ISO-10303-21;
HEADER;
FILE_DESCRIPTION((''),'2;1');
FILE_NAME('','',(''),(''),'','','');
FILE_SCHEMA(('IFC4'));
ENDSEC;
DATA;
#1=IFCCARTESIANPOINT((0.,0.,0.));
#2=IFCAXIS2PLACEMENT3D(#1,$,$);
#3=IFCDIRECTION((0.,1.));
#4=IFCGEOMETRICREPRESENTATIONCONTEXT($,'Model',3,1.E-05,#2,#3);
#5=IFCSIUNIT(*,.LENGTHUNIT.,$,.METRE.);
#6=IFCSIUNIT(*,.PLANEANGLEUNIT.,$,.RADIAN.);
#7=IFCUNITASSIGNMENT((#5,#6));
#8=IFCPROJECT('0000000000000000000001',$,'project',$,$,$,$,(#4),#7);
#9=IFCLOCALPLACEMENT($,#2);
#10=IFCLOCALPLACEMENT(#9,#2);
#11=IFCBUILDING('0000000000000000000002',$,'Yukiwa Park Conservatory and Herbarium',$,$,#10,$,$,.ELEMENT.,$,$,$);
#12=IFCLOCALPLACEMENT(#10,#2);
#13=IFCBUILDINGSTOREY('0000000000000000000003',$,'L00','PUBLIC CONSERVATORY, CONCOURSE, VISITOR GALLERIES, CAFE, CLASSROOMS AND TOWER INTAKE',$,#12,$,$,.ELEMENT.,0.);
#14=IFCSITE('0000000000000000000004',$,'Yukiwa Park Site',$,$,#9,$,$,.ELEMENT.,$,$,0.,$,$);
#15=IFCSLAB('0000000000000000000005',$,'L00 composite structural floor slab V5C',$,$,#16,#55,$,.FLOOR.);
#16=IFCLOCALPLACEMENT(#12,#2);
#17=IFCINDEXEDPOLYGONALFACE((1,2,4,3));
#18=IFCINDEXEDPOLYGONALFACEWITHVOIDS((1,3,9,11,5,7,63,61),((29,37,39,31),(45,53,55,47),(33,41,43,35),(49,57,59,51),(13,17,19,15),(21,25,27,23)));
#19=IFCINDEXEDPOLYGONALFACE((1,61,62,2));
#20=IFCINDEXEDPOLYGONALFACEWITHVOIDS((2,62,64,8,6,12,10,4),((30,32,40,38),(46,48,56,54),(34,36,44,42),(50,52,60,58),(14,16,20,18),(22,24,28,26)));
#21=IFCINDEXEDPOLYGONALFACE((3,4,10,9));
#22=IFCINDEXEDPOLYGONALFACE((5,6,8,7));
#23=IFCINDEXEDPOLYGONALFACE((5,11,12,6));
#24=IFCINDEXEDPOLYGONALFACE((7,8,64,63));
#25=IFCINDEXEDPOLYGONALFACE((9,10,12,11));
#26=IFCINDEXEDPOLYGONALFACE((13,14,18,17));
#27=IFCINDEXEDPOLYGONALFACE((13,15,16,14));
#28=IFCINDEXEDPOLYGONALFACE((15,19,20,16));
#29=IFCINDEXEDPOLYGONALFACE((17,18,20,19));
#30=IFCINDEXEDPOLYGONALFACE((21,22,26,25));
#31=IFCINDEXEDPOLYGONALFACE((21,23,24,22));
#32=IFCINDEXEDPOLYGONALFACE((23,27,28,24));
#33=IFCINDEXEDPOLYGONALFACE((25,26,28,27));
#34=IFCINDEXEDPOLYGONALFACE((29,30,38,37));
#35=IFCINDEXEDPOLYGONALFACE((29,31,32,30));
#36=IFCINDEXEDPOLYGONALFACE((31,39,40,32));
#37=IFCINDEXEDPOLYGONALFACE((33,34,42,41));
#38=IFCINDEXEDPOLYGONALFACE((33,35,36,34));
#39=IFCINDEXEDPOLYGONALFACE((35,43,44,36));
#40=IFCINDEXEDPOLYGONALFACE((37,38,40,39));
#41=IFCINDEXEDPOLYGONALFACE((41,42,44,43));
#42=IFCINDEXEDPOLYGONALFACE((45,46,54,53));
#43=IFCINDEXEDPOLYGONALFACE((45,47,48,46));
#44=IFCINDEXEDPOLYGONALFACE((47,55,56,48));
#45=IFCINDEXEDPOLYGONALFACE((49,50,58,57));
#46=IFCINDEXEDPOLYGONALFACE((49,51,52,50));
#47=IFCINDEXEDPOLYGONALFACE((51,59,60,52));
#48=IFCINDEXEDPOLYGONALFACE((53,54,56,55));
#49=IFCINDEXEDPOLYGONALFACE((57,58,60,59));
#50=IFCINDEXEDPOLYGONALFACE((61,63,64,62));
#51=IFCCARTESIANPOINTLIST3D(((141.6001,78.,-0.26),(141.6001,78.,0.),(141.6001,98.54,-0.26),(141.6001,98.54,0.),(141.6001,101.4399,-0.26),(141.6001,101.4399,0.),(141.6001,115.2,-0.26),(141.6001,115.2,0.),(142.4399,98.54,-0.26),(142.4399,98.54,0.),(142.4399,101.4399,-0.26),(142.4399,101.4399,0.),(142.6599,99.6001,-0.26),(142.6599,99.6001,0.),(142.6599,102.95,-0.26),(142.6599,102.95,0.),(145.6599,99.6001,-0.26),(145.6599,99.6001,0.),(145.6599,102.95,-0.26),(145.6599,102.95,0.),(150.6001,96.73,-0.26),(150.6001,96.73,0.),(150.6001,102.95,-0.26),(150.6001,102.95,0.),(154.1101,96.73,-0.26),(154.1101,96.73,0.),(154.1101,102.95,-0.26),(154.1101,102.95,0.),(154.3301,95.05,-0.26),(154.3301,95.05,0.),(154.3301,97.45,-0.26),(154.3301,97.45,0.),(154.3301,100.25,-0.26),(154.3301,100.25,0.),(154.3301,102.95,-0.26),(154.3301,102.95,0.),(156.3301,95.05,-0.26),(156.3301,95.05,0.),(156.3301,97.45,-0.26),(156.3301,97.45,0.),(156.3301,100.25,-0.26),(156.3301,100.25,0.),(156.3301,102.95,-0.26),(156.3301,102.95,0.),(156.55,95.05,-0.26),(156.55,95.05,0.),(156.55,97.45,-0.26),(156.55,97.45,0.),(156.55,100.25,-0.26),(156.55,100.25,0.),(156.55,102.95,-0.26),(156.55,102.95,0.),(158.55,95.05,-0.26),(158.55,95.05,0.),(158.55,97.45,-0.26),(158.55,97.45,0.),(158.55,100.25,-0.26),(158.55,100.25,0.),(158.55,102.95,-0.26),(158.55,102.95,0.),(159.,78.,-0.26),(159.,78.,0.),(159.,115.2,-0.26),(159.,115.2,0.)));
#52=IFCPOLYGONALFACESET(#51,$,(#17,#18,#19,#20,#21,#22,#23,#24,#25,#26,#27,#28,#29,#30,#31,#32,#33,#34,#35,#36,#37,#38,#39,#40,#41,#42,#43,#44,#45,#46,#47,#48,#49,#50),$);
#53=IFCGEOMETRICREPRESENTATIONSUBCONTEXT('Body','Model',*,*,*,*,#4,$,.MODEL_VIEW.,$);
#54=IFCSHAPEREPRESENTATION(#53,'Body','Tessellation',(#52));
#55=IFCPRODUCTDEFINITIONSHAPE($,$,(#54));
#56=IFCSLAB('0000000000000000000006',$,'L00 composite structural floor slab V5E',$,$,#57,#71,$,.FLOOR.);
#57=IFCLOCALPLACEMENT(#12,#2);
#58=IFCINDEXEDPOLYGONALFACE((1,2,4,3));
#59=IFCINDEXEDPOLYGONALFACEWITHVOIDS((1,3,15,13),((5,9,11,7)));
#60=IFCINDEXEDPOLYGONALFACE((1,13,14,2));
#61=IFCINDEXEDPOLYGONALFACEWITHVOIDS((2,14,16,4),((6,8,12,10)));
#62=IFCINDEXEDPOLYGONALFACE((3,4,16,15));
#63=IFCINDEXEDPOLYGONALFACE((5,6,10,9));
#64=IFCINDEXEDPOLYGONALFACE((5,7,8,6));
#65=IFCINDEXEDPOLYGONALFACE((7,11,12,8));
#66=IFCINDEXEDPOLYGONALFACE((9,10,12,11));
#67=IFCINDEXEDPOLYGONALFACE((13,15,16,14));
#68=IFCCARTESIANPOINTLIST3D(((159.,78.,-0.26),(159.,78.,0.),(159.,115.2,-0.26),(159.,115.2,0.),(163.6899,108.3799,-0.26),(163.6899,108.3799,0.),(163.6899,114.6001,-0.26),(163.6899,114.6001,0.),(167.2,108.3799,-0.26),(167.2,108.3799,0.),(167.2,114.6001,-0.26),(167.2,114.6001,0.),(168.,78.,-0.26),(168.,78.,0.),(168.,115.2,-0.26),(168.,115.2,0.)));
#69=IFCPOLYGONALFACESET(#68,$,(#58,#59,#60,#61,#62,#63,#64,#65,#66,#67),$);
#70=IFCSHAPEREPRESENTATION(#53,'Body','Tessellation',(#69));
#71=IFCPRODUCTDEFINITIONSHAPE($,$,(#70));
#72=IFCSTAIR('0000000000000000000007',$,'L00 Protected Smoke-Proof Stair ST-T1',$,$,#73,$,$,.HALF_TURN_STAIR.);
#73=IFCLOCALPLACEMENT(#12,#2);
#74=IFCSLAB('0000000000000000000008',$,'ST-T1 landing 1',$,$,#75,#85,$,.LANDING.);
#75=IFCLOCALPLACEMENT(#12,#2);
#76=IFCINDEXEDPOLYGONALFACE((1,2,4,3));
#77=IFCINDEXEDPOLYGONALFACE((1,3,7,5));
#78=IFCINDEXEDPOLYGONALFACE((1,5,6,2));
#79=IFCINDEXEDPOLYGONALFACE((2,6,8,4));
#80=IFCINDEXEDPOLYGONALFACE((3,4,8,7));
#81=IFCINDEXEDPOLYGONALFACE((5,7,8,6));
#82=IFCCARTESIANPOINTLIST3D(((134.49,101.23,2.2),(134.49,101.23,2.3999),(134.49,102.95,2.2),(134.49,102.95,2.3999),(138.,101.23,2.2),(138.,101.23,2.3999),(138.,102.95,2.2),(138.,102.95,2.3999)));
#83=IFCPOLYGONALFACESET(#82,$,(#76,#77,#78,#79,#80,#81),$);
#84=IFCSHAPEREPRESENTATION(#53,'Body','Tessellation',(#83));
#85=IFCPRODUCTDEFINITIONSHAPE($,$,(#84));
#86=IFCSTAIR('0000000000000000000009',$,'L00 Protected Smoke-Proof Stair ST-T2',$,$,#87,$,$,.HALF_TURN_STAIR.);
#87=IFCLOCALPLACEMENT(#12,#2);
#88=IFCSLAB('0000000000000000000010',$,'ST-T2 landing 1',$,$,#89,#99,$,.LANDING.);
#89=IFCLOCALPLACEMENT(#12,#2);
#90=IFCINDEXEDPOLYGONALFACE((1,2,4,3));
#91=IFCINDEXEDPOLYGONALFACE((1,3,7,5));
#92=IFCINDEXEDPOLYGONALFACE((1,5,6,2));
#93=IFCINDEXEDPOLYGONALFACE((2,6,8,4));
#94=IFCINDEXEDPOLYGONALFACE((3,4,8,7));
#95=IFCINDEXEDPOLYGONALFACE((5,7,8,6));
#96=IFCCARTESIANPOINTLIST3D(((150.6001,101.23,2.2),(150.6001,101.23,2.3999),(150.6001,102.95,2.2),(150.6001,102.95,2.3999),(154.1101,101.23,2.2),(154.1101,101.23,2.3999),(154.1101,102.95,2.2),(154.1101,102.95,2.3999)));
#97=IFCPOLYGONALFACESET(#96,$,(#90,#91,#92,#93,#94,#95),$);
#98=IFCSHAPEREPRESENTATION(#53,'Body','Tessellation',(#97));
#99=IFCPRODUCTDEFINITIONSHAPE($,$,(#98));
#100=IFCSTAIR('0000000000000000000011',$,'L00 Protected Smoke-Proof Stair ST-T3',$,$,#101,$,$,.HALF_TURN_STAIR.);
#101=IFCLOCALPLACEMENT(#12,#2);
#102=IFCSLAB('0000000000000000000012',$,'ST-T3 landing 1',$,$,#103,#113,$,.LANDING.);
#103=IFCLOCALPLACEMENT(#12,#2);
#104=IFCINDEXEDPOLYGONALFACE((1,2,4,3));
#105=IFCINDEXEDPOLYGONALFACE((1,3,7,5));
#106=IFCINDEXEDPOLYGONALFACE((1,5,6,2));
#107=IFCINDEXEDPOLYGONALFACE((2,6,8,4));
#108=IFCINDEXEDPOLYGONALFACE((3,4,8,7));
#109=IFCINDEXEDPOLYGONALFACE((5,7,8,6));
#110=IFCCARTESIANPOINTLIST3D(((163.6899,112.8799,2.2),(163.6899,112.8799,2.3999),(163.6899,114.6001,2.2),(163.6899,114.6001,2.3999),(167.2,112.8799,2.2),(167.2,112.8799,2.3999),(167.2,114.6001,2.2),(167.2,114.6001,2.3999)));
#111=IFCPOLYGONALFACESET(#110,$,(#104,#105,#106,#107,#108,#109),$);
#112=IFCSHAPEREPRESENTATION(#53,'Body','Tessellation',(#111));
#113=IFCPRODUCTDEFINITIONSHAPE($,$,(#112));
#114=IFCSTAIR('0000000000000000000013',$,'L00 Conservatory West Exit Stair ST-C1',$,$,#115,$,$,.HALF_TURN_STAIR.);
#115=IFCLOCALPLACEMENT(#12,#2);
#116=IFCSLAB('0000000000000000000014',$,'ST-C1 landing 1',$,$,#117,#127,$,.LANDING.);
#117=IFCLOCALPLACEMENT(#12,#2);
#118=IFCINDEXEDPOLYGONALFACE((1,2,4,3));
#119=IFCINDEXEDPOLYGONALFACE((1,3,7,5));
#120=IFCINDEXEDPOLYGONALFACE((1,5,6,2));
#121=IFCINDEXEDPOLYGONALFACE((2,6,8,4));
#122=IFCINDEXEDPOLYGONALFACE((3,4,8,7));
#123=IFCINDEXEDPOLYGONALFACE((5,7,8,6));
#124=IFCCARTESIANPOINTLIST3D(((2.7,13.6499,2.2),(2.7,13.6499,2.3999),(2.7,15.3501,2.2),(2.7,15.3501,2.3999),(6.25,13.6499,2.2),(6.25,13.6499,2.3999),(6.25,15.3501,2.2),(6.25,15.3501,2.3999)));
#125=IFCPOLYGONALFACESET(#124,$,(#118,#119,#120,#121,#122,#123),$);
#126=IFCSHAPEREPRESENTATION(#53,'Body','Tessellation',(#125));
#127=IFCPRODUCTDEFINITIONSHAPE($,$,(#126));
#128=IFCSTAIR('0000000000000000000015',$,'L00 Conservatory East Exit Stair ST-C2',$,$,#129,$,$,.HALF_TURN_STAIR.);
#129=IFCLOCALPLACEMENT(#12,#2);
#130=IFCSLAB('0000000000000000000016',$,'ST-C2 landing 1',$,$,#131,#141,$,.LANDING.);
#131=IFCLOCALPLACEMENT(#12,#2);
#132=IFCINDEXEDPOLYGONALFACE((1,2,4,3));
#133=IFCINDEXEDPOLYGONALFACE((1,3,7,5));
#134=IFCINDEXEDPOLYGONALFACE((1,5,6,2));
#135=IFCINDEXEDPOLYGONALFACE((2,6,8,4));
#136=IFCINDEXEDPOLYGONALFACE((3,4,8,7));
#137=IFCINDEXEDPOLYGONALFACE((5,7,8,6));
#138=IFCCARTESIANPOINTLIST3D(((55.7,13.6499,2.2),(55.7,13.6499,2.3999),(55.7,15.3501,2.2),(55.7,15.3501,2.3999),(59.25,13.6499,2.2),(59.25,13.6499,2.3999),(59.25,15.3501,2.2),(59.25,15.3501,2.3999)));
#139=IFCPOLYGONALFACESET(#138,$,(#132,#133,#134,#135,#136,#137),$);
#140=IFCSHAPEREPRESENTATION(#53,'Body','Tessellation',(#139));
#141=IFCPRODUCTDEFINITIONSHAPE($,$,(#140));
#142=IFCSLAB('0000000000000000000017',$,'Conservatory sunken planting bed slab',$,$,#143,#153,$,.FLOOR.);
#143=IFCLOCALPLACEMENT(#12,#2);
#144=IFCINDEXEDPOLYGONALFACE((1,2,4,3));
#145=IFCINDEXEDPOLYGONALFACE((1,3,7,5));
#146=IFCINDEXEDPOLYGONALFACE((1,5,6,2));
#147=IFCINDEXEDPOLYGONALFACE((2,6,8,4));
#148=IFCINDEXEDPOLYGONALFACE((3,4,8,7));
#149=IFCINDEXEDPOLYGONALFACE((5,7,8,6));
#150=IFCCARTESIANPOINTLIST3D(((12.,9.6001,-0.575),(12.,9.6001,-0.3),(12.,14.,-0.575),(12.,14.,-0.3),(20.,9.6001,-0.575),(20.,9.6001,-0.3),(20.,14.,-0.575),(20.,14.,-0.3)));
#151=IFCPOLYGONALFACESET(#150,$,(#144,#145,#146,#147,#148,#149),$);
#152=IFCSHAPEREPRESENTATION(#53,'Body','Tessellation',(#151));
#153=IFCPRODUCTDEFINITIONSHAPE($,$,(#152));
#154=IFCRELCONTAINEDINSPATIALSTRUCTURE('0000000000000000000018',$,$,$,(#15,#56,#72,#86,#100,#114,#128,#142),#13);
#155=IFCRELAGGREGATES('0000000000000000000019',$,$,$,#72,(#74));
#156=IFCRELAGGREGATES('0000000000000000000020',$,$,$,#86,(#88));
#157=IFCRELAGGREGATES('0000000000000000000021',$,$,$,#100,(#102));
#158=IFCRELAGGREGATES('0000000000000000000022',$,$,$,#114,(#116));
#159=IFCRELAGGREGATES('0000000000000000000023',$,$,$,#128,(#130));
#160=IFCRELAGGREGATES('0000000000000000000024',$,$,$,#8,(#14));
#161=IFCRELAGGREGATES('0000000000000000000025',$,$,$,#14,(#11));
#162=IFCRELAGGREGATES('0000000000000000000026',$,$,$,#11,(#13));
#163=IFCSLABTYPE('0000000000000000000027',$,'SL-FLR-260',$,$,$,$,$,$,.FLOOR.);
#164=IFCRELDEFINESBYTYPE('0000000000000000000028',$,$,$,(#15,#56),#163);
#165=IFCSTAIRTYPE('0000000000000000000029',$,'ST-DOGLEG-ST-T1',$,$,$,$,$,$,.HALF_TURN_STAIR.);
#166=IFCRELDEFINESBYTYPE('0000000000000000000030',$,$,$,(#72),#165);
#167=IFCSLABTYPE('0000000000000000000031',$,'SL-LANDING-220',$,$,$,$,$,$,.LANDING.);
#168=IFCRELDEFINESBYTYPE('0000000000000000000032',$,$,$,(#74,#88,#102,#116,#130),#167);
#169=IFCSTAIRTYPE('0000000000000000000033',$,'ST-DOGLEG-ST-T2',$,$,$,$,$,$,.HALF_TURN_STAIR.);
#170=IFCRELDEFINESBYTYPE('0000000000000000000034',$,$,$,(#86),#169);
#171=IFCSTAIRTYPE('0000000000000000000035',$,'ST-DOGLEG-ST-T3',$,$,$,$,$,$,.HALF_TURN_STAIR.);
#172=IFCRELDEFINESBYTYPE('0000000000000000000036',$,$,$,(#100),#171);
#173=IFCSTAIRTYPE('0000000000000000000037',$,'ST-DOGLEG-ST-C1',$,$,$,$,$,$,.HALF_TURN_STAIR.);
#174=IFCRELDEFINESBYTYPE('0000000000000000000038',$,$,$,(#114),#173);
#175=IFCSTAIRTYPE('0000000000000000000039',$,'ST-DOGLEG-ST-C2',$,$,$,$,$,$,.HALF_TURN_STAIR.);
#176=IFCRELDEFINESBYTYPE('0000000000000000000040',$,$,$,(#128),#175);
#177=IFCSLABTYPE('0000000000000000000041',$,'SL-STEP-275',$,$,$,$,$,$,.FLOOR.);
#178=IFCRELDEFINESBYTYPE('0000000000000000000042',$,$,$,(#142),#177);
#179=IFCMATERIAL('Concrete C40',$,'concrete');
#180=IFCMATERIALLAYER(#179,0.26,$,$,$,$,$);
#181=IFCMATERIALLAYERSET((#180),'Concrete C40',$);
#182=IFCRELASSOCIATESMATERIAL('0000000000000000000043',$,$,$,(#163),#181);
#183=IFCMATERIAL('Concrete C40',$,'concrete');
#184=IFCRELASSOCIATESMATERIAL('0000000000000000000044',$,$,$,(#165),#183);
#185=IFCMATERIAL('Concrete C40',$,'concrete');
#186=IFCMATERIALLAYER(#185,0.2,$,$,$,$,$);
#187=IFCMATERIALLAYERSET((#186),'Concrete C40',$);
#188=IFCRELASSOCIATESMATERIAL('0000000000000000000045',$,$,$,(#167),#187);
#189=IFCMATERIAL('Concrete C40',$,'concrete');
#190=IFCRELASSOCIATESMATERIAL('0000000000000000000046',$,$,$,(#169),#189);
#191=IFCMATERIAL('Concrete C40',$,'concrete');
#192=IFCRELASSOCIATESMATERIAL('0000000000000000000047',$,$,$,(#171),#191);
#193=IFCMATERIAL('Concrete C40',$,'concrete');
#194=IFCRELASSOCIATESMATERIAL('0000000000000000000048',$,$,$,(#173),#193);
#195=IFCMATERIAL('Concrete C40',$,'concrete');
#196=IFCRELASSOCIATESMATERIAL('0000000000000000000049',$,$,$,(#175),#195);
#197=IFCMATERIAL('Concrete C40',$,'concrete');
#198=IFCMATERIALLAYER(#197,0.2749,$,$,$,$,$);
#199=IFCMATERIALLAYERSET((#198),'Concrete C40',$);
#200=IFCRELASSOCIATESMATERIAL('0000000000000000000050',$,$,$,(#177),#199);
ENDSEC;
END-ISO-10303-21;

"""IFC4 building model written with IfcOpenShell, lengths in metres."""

from ifc_helpers import new_model, si_unit, direction, frame, origin, place, context, subcontext, project, spatial, polyline, outline, extrude, material, layer, layer_set, type_object, element, aggregate, save


model = new_model("IFC4")

# Units and contexts
model_context = context("Model", 3, precision=1e-05, world=origin(), true_north=direction((0.0, 1.0)))
body_context = subcontext(model_context, "Body", "Model", "MODEL_VIEW")
ifc_project = project(units=[si_unit("LENGTHUNIT", "METRE"), si_unit("PLANEANGLEUNIT", "RADIAN")], contexts=[model_context])

# Site, building, storey
site_placement = place(None, origin())
site = spatial("IfcSite", under=ifc_project, at=site_placement, Name="Yukiwa Park Site", CompositionType="ELEMENT", RefElevation=0.0)
building_placement = place(site_placement, origin())
building = spatial("IfcBuilding", under=site, at=building_placement, Name="Yukiwa Park Conservatory and Herbarium", CompositionType="ELEMENT")
storey_placement = place(building_placement, origin())
storey = spatial("IfcBuildingStorey", under=building, at=storey_placement, Name="L00", Description="PUBLIC CONSERVATORY, CONCOURSE, VISITOR GALLERIES, CAFE, CLASSROOMS AND TOWER INTAKE", CompositionType="ELEMENT", Elevation=0.0)

# Slabs
ifc_material_1 = material(Name="Concrete C40", Category="concrete")
ifc_layer_1 = layer(ifc_material_1, 0.26)
ifc_layer_set_1 = layer_set([ifc_layer_1], Name="Concrete C40")
slab_type_1 = type_object("IfcSlabType", Name="SL-FLR-260", PredefinedType="FLOOR", material=ifc_layer_set_1)
slab_1_placement = place(storey_placement, frame((0.0, 0.0, -0.26)))
element("IfcSlab", 1, at=slab_1_placement, inside=storey, type_object=slab_type_1, Name="L00 composite structural floor slab V5C", PredefinedType="FLOOR", context=body_context, shape_type="SweptSolid", body=[
    extrude(outline(polyline([(141.6001, 115.2), (159.0, 115.2), (159.0, 78.0), (141.6001, 78.0), (141.6001, 98.54), (142.4399, 98.54), (142.4399, 101.4399), (141.6001, 101.4399), (141.6001, 115.2)]), holes=[polyline([(156.3301, 97.45), (154.3301, 97.45), (154.3301, 95.05), (156.3301, 95.05), (156.3301, 97.45)]), polyline([(158.55, 97.45), (156.55, 97.45), (156.55, 95.05), (158.55, 95.05), (158.55, 97.45)]), polyline([(154.1101, 102.95), (150.6001, 102.95), (150.6001, 96.73), (154.1101, 96.73), (154.1101, 102.95)]), polyline([(145.6599, 102.95), (142.6599, 102.95), (142.6599, 99.6001), (145.6599, 99.6001), (145.6599, 102.95)]), polyline([(156.3301, 102.95), (154.3301, 102.95), (154.3301, 100.25), (156.3301, 100.25), (156.3301, 102.95)]), polyline([(158.55, 100.25), (158.55, 102.95), (156.55, 102.95), (156.55, 100.25), (158.55, 100.25)])]), origin(), (0.0, 0.0, 1.0), 0.26),
])
slab_2_placement = place(storey_placement, frame((0.0, 0.0, -0.26)))
element("IfcSlab", 2, at=slab_2_placement, inside=storey, type_object=slab_type_1, Name="L00 composite structural floor slab V5E", PredefinedType="FLOOR", context=body_context, shape_type="SweptSolid", body=[
    extrude(outline(polyline([(159.0, 78.0), (159.0, 115.2), (168.0, 115.2), (168.0, 78.0), (159.0, 78.0)]), holes=[polyline([(167.2, 108.3799), (167.2, 114.6001), (163.6899, 114.6001), (163.6899, 108.3799), (167.2, 108.3799)])]), origin(), (0.0, 0.0, 1.0), 0.26),
])

# Stairs, slabs
ifc_material_2 = material(Name="Concrete C40", Category="concrete")
stair_type_1 = type_object("IfcStairType", Name="ST-DOGLEG-ST-T1", PredefinedType="HALF_TURN_STAIR", material=ifc_material_2)
stair_1_placement = place(storey_placement, origin())
stair_1 = element("IfcStair", 3, at=stair_1_placement, inside=storey, type_object=stair_type_1, Name="L00 Protected Smoke-Proof Stair ST-T1", PredefinedType="HALF_TURN_STAIR")
ifc_material_3 = material(Name="Concrete C40", Category="concrete")
ifc_layer_2 = layer(ifc_material_3, 0.2)
ifc_layer_set_2 = layer_set([ifc_layer_2], Name="Concrete C40")
slab_type_2 = type_object("IfcSlabType", Name="SL-LANDING-220", PredefinedType="LANDING", material=ifc_layer_set_2)
slab_3_placement = place(storey_placement, frame((0.0, 0.0, 2.2)))
slab_3 = element("IfcSlab", 4, at=slab_3_placement, type_object=slab_type_2, Name="ST-T1 landing 1", PredefinedType="LANDING", context=body_context, shape_type="SweptSolid", body=[
    extrude(outline(polyline([(138.0, 101.23), (138.0, 102.95), (134.49, 102.95), (134.49, 101.23), (138.0, 101.23)])), origin(), (0.0, 0.0, 1.0), 0.2),
])
aggregate(stair_1, [slab_3])
ifc_material_4 = material(Name="Concrete C40", Category="concrete")
stair_type_2 = type_object("IfcStairType", Name="ST-DOGLEG-ST-T2", PredefinedType="HALF_TURN_STAIR", material=ifc_material_4)
stair_2_placement = place(storey_placement, origin())
stair_2 = element("IfcStair", 5, at=stair_2_placement, inside=storey, type_object=stair_type_2, Name="L00 Protected Smoke-Proof Stair ST-T2", PredefinedType="HALF_TURN_STAIR")
slab_4_placement = place(storey_placement, frame((0.0, 0.0, 2.2)))
slab_4 = element("IfcSlab", 6, at=slab_4_placement, type_object=slab_type_2, Name="ST-T2 landing 1", PredefinedType="LANDING", context=body_context, shape_type="SweptSolid", body=[
    extrude(outline(polyline([(154.1101, 101.23), (154.1101, 102.95), (150.6001, 102.95), (150.6001, 101.23), (154.1101, 101.23)])), origin(), (0.0, 0.0, 1.0), 0.2),
])
aggregate(stair_2, [slab_4])
ifc_material_5 = material(Name="Concrete C40", Category="concrete")
stair_type_3 = type_object("IfcStairType", Name="ST-DOGLEG-ST-T3", PredefinedType="HALF_TURN_STAIR", material=ifc_material_5)
stair_3_placement = place(storey_placement, origin())
stair_3 = element("IfcStair", 7, at=stair_3_placement, inside=storey, type_object=stair_type_3, Name="L00 Protected Smoke-Proof Stair ST-T3", PredefinedType="HALF_TURN_STAIR")
slab_5_placement = place(storey_placement, frame((0.0, 0.0, 2.2)))
slab_5 = element("IfcSlab", 8, at=slab_5_placement, type_object=slab_type_2, Name="ST-T3 landing 1", PredefinedType="LANDING", context=body_context, shape_type="SweptSolid", body=[
    extrude(outline(polyline([(167.2, 112.8799), (167.2, 114.6001), (163.6899, 114.6001), (163.6899, 112.8799), (167.2, 112.8799)])), origin(), (0.0, 0.0, 1.0), 0.2),
])
aggregate(stair_3, [slab_5])
ifc_material_6 = material(Name="Concrete C40", Category="concrete")
stair_type_4 = type_object("IfcStairType", Name="ST-DOGLEG-ST-C1", PredefinedType="HALF_TURN_STAIR", material=ifc_material_6)
stair_4_placement = place(storey_placement, origin())
stair_4 = element("IfcStair", 9, at=stair_4_placement, inside=storey, type_object=stair_type_4, Name="L00 Conservatory West Exit Stair ST-C1", PredefinedType="HALF_TURN_STAIR")
slab_6_placement = place(storey_placement, frame((0.0, 0.0, 2.2)))
slab_6 = element("IfcSlab", 10, at=slab_6_placement, type_object=slab_type_2, Name="ST-C1 landing 1", PredefinedType="LANDING", context=body_context, shape_type="SweptSolid", body=[
    extrude(outline(polyline([(6.25, 13.6499), (6.25, 15.3501), (2.7, 15.3501), (2.7, 13.6499), (6.25, 13.6499)])), origin(), (0.0, 0.0, 1.0), 0.2),
])
aggregate(stair_4, [slab_6])
ifc_material_7 = material(Name="Concrete C40", Category="concrete")
stair_type_5 = type_object("IfcStairType", Name="ST-DOGLEG-ST-C2", PredefinedType="HALF_TURN_STAIR", material=ifc_material_7)
stair_5_placement = place(storey_placement, origin())
stair_5 = element("IfcStair", 11, at=stair_5_placement, inside=storey, type_object=stair_type_5, Name="L00 Conservatory East Exit Stair ST-C2", PredefinedType="HALF_TURN_STAIR")
slab_7_placement = place(storey_placement, frame((0.0, 0.0, 2.2)))
slab_7 = element("IfcSlab", 12, at=slab_7_placement, type_object=slab_type_2, Name="ST-C2 landing 1", PredefinedType="LANDING", context=body_context, shape_type="SweptSolid", body=[
    extrude(outline(polyline([(59.25, 13.6499), (59.25, 15.3501), (55.7, 15.3501), (55.7, 13.6499), (59.25, 13.6499)])), origin(), (0.0, 0.0, 1.0), 0.2),
])
aggregate(stair_5, [slab_7])

# Slab
ifc_material_8 = material(Name="Concrete C40", Category="concrete")
ifc_layer_3 = layer(ifc_material_8, 0.2749)
ifc_layer_set_3 = layer_set([ifc_layer_3], Name="Concrete C40")
slab_type_3 = type_object("IfcSlabType", Name="SL-STEP-275", PredefinedType="FLOOR", material=ifc_layer_set_3)
slab_8_placement = place(storey_placement, frame((0.0, 0.0, -0.575)))
element("IfcSlab", 13, at=slab_8_placement, inside=storey, type_object=slab_type_3, Name="Conservatory sunken planting bed slab", PredefinedType="FLOOR", context=body_context, shape_type="SweptSolid", body=[
    extrude(outline(polyline([(12.0, 9.6001), (20.0, 9.6001), (20.0, 14.0), (12.0, 14.0), (12.0, 9.6001)])), origin(), (0.0, 0.0, 1.0), 0.2749),
])

save(model, "model.ifc")
